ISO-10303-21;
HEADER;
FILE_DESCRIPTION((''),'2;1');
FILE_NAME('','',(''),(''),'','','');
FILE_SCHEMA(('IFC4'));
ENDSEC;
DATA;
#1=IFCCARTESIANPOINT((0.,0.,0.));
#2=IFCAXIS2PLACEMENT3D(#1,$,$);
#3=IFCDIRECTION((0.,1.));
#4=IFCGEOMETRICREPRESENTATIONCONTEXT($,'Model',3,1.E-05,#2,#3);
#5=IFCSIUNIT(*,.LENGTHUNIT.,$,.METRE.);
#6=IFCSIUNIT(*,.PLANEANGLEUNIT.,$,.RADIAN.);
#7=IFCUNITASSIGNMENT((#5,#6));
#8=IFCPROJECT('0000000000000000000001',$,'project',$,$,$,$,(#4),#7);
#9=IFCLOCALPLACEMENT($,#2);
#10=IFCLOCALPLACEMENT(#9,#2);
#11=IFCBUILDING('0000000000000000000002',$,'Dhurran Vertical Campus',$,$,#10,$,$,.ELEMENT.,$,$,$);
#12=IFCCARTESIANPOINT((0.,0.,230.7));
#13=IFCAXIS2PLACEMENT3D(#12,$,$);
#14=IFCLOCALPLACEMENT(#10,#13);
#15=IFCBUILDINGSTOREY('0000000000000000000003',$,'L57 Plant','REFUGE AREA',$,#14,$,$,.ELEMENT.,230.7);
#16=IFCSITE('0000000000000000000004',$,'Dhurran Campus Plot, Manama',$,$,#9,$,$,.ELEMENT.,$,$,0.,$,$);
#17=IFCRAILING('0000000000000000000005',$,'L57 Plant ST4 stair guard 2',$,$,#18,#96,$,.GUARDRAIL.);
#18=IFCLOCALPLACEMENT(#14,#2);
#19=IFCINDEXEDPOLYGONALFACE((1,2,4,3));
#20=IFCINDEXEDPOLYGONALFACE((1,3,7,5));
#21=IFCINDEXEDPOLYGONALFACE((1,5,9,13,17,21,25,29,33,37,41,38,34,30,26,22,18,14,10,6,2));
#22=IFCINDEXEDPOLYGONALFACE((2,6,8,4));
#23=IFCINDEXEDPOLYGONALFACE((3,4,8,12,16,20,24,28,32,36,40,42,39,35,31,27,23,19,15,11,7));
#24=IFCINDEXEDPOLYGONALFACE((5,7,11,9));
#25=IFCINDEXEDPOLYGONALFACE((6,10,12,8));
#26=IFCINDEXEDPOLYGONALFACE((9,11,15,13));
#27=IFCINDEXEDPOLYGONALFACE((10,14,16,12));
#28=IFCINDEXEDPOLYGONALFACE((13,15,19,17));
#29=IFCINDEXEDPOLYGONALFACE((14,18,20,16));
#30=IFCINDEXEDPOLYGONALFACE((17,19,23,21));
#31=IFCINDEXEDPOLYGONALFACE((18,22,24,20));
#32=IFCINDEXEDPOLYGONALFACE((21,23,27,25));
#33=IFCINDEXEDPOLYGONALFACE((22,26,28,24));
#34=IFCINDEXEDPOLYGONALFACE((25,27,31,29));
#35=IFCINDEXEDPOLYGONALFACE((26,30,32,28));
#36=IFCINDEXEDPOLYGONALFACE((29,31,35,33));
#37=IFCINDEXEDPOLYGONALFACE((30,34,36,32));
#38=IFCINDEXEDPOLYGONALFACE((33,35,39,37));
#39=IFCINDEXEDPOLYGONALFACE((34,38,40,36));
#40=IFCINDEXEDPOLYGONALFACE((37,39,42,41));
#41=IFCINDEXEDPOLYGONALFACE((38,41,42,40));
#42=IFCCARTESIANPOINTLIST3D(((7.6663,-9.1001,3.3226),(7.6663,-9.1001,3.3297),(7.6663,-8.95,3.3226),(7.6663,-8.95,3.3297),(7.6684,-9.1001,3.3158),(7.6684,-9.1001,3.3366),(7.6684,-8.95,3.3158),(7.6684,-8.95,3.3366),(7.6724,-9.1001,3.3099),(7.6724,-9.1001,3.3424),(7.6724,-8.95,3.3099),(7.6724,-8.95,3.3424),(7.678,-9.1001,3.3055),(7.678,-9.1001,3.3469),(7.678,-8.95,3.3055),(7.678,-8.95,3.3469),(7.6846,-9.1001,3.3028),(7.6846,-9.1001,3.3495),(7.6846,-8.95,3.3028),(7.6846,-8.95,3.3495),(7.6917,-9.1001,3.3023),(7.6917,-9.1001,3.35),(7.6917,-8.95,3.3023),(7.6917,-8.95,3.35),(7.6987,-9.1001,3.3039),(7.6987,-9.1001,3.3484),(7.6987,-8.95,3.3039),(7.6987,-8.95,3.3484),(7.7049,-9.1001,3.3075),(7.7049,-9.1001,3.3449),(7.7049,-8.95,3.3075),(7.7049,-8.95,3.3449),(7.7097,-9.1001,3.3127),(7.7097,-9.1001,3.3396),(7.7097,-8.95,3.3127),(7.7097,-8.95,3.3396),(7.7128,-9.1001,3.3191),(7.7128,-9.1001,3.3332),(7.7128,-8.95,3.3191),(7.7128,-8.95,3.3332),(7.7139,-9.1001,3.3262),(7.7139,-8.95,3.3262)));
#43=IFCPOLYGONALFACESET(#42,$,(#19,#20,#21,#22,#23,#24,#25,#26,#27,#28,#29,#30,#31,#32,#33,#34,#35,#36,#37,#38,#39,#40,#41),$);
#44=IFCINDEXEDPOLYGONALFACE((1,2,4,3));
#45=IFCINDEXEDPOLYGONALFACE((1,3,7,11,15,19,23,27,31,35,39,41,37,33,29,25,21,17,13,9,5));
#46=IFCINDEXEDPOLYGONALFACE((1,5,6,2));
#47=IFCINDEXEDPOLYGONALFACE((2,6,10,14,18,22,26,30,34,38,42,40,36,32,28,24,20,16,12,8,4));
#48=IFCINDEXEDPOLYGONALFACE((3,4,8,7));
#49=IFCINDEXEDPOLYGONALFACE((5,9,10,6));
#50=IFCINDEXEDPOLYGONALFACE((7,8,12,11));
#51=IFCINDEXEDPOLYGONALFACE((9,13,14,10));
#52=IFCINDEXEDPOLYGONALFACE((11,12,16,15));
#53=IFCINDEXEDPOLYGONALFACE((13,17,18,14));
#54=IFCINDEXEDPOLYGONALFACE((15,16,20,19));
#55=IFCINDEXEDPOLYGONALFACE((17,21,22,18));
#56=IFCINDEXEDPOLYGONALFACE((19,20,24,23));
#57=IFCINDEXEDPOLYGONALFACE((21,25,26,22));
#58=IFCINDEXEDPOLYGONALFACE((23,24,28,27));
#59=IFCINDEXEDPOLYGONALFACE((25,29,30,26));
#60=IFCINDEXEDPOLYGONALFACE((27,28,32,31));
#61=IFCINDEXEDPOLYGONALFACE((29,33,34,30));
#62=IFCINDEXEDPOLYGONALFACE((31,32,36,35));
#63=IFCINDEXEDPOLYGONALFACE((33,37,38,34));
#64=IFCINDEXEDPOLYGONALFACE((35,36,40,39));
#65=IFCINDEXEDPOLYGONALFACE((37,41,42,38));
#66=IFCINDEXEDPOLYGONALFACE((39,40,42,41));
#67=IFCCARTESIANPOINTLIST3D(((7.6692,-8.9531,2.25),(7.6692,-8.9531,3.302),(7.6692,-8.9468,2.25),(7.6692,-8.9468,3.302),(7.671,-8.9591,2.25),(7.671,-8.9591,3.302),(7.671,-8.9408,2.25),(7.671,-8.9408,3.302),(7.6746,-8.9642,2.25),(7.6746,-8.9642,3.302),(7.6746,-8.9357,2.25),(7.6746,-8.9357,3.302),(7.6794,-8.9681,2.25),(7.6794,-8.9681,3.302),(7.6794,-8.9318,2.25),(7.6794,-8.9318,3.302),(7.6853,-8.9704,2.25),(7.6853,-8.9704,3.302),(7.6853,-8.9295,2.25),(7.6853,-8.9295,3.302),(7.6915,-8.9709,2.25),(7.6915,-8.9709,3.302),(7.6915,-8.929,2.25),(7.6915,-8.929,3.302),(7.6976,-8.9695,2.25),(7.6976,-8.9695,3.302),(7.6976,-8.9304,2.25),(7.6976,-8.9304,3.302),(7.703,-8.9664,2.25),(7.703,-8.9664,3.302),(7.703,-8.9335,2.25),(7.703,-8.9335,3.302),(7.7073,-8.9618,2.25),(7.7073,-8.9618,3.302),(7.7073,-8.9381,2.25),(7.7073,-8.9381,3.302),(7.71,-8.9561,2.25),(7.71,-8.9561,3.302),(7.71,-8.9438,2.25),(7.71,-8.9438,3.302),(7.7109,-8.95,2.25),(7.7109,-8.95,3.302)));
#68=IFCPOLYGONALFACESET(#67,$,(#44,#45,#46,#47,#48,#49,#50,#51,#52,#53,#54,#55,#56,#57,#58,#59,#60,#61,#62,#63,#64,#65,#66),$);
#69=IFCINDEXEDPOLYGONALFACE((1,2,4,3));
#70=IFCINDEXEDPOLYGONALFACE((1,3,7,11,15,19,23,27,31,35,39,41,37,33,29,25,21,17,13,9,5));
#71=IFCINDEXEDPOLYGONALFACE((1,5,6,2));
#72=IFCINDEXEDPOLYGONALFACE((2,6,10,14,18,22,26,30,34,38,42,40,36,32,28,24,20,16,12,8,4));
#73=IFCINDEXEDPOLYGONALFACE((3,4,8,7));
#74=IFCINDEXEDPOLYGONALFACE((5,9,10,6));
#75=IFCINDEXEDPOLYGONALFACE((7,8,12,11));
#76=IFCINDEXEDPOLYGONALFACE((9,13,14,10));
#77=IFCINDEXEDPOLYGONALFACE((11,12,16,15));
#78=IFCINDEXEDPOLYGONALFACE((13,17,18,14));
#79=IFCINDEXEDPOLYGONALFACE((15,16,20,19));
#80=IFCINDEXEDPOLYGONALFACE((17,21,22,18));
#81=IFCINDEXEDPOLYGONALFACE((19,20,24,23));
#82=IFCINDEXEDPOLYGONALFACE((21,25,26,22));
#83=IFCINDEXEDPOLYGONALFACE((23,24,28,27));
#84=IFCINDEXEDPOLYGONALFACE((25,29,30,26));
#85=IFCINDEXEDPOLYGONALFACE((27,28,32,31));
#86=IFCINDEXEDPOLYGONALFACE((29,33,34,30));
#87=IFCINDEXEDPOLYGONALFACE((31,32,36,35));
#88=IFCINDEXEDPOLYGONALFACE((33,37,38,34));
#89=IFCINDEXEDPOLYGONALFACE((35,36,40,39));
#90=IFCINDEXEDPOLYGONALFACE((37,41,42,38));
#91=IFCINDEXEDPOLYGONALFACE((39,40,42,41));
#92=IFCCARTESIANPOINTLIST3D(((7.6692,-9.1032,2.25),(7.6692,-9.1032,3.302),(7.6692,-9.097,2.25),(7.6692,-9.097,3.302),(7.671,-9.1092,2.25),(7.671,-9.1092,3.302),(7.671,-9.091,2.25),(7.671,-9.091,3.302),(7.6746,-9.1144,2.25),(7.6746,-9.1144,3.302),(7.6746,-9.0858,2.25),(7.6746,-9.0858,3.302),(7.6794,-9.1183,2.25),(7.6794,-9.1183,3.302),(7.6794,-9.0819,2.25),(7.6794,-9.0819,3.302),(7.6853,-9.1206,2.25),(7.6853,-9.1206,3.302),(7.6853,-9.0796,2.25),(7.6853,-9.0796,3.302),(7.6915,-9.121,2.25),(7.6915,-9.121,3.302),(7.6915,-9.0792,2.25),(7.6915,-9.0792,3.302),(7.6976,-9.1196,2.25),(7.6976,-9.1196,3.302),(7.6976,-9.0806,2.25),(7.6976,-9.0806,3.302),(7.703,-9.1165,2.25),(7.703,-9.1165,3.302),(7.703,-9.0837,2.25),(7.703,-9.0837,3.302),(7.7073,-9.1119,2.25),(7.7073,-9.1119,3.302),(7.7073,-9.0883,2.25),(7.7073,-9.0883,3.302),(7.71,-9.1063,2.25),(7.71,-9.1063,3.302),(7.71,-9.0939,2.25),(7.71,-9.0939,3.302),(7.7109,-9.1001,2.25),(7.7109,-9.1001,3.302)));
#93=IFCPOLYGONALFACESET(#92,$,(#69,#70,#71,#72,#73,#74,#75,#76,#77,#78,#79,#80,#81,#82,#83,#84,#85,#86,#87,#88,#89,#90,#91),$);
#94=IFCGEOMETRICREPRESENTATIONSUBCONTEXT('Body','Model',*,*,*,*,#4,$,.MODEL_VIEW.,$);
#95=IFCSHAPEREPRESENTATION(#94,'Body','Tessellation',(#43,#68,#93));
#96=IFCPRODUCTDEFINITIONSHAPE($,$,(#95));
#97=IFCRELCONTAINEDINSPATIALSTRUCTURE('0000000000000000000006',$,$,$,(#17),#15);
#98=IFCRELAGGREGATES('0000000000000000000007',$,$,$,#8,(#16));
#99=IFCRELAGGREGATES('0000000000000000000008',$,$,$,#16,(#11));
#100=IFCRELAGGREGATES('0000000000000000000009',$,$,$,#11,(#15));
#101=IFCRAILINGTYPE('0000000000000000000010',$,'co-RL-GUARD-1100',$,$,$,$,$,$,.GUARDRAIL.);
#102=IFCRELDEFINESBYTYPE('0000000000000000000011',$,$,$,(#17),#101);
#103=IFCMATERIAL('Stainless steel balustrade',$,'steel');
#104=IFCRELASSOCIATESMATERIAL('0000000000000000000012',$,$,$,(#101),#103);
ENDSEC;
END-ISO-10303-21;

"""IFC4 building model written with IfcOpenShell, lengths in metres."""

from ifc_helpers import new_model, si_unit, direction, frame, origin, origin_2d, place, context, subcontext, project, spatial, circle, extrude, material, type_object, element, save


model = new_model("IFC4")

# Units and contexts
model_context = context("Model", 3, precision=1e-05, world=origin(), true_north=direction((0.0, 1.0)))
body_context = subcontext(model_context, "Body", "Model", "MODEL_VIEW")
ifc_project = project(units=[si_unit("LENGTHUNIT", "METRE"), si_unit("PLANEANGLEUNIT", "RADIAN")], contexts=[model_context])

# Site, building, storey
site_placement = place(None, origin())
site = spatial("IfcSite", under=ifc_project, at=site_placement, Name="Dhurran Campus Plot, Manama", CompositionType="ELEMENT", RefElevation=0.0)
building_placement = place(site_placement, origin())
building = spatial("IfcBuilding", under=site, at=building_placement, Name="Dhurran Vertical Campus", CompositionType="ELEMENT")
storey_placement = place(building_placement, frame((0.0, 0.0, 230.7)))
storey = spatial("IfcBuildingStorey", under=building, at=storey_placement, Name="L57 Plant", Description="REFUGE AREA", CompositionType="ELEMENT", Elevation=230.7)

# Railing
ifc_material_1 = material(Name="Stainless steel balustrade", Category="steel")
railing_type_1 = type_object("IfcRailingType", Name="co-RL-GUARD-1100", PredefinedType="GUARDRAIL", material=ifc_material_1)
railing_1_placement = place(storey_placement, frame((7.6899, -8.95, 2.25)))
element("IfcRailing", 1, at=railing_1_placement, inside=storey, type_object=railing_type_1, Name="L57 Plant ST4 stair guard 2", PredefinedType="GUARDRAIL", context=body_context, shape_type="SweptSolid", body=[
    extrude(circle(Radius=0.0239, at=origin_2d()), frame((0.0, 0.0, 1.0762), z_axis=(0.0, -1.0, 0.0), x_axis=(1.0, 0.0, 0.0)), (0.0, 0.0, 1.0), 0.1501),
    extrude(circle(Radius=0.021, at=origin_2d()), origin(), (0.0, 0.0, 1.0), 1.052),
    extrude(circle(Radius=0.021, at=origin_2d()), frame((0.0, -0.1501, 0.0)), (0.0, 0.0, 1.0), 1.052),
])

save(model, "model.ifc")
